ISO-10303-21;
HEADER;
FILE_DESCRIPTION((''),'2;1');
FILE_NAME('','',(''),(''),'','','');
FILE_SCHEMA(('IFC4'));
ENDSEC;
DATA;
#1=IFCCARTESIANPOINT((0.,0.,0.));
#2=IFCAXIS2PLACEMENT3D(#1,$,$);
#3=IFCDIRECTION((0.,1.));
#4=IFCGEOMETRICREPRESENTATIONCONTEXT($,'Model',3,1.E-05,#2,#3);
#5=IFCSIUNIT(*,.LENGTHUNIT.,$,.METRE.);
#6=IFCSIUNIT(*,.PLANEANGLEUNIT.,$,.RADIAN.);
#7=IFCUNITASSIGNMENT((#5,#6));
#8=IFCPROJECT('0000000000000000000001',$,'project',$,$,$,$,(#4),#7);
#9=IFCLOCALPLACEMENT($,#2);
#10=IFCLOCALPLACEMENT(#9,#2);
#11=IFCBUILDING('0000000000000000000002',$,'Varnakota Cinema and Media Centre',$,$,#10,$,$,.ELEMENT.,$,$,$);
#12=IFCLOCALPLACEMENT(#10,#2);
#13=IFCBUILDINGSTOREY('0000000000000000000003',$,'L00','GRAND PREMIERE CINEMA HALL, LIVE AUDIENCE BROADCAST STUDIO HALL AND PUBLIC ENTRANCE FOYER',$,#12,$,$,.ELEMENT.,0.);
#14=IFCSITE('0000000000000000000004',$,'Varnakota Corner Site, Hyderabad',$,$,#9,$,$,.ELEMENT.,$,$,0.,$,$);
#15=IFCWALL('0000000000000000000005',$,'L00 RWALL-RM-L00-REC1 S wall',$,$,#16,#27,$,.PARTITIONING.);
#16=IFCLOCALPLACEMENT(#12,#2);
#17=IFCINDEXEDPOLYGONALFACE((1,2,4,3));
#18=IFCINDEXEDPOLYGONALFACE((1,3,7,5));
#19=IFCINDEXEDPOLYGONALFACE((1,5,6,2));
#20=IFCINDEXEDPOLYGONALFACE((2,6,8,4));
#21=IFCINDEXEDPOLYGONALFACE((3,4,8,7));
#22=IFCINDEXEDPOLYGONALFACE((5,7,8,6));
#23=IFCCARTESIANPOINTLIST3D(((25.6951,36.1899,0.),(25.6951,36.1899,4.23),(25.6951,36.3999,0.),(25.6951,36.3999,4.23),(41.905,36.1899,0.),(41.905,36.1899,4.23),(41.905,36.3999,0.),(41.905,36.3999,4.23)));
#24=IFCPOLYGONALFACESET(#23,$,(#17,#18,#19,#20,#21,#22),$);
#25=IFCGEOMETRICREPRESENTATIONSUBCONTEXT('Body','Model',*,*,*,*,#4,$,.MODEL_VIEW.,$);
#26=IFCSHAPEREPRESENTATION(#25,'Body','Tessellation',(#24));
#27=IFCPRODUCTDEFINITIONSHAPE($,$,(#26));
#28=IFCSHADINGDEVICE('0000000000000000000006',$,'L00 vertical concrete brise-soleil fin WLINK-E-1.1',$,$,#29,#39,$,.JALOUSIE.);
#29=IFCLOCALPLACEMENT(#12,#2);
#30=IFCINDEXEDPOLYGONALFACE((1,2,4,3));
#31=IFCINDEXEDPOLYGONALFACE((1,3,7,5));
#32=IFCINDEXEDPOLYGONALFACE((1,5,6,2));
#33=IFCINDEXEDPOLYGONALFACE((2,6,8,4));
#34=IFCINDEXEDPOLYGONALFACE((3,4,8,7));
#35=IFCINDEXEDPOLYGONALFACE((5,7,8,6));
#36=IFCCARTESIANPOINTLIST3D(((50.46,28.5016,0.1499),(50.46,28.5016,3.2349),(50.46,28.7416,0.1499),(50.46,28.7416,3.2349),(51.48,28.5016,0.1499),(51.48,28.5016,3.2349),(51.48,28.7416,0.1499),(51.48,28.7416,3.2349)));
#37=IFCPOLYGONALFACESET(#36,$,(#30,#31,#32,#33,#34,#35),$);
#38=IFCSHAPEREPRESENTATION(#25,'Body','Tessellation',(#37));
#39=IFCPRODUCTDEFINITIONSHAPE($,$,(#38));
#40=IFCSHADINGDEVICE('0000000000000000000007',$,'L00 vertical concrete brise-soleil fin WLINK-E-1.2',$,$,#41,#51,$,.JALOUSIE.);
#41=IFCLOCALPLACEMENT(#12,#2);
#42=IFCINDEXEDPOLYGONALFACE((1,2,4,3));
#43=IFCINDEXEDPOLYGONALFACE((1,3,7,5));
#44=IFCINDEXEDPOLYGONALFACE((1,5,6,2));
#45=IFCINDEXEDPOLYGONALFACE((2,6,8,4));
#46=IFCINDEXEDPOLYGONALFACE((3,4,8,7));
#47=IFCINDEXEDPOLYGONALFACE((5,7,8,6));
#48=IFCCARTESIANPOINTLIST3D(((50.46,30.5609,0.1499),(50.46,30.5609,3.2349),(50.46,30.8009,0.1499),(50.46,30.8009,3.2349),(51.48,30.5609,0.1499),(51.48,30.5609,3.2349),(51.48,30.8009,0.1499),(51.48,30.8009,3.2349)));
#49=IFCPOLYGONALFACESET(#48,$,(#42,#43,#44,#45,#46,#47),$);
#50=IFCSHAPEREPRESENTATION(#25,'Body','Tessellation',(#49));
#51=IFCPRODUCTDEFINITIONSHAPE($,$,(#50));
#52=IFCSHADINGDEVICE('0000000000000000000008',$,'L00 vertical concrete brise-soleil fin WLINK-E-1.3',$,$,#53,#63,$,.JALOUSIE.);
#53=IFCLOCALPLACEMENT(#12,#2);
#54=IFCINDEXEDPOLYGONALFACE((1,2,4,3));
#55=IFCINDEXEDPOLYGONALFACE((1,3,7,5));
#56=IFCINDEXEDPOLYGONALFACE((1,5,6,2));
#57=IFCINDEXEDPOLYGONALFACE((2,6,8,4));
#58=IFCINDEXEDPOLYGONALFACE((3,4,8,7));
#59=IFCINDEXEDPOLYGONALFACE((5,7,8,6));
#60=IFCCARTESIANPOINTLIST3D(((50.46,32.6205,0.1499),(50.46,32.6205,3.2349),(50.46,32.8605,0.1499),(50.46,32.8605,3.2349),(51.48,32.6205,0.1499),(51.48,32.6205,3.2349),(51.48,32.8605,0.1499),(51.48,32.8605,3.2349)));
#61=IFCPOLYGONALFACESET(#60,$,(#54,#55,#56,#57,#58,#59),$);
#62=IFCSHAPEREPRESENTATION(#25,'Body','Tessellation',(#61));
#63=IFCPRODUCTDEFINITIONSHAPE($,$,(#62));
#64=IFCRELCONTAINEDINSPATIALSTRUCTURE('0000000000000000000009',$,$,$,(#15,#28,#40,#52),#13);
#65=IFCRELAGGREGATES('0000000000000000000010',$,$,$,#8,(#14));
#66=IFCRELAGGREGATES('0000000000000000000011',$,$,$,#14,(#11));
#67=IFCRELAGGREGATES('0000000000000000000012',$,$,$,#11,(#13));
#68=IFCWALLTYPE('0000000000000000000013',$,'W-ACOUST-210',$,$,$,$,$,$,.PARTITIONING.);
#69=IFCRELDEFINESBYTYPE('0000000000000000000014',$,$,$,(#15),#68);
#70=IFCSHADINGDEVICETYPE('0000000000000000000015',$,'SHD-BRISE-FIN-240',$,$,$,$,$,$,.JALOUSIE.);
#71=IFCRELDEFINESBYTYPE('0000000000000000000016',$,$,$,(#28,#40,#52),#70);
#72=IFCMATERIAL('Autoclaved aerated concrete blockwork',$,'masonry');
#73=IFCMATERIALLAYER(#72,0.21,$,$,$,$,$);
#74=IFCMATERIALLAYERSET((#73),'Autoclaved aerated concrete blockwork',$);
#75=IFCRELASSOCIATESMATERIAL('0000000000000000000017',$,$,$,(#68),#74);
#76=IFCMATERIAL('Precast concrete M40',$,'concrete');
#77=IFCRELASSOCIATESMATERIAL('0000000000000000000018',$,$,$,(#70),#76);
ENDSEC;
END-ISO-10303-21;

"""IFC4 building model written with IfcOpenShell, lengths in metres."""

from ifc_helpers import new_model, si_unit, direction, frame, frame_2d, origin, origin_2d, place, context, subcontext, project, spatial, rectangle, extrude, material, layer, layer_set, type_object, element, save


model = new_model("IFC4")

# Units and contexts
model_context = context("Model", 3, precision=1e-05, world=origin(), true_north=direction((0.0, 1.0)))
body_context = subcontext(model_context, "Body", "Model", "MODEL_VIEW")
ifc_project = project(units=[si_unit("LENGTHUNIT", "METRE"), si_unit("PLANEANGLEUNIT", "RADIAN")], contexts=[model_context])

# Site, building, storey
site_placement = place(None, origin())
site = spatial("IfcSite", under=ifc_project, at=site_placement, Name="Varnakota Corner Site, Hyderabad", CompositionType="ELEMENT", RefElevation=0.0)
building_placement = place(site_placement, origin())
building = spatial("IfcBuilding", under=site, at=building_placement, Name="Varnakota Cinema and Media Centre", CompositionType="ELEMENT")
storey_placement = place(building_placement, origin())
storey = spatial("IfcBuildingStorey", under=building, at=storey_placement, Name="L00", Description="GRAND PREMIERE CINEMA HALL, LIVE AUDIENCE BROADCAST STUDIO HALL AND PUBLIC ENTRANCE FOYER", CompositionType="ELEMENT", Elevation=0.0)

# Wall
ifc_material_1 = material(Name="Autoclaved aerated concrete blockwork", Category="masonry")
ifc_layer_1 = layer(ifc_material_1, 0.21)
ifc_layer_set_1 = layer_set([ifc_layer_1], Name="Autoclaved aerated concrete blockwork")
wall_type = type_object("IfcWallType", Name="W-ACOUST-210", PredefinedType="PARTITIONING", material=ifc_layer_set_1)
wall_placement = place(storey_placement, frame((41.905, 36.2949, 0.0), z_axis=(0.0, 0.0, 1.0), x_axis=(-1.0, 0.0, 0.0)))
element("IfcWall", 1, at=wall_placement, inside=storey, type_object=wall_type, Name="L00 RWALL-RM-L00-REC1 S wall", PredefinedType="PARTITIONING", context=body_context, shape_type="SweptSolid", body=[
    extrude(rectangle(XDim=16.21, YDim=0.21, at=frame_2d((8.105, 0.0))), origin(), (0.0, 0.0, 1.0), 4.23),
])

# Shading devices
ifc_material_2 = material(Name="Precast concrete M40", Category="concrete")
shading_device_type = type_object("IfcShadingDeviceType", Name="SHD-BRISE-FIN-240", PredefinedType="JALOUSIE", material=ifc_material_2)
for number, where, z_axis, x_axis, name in (
    (2, (50.97, 28.6216, 0.1499), (0.0, 0.0, 1.0), (0.0, 1.0, 0.0), "L00 vertical concrete brise-soleil fin WLINK-E-1.1"),
    (3, (50.97, 30.6809, 0.1499), (0.0, 0.0, 1.0), (0.0, 1.0, 0.0), "L00 vertical concrete brise-soleil fin WLINK-E-1.2"),
    (4, (50.97, 32.7405, 0.1499), (0.0, 0.0, 1.0), (0.0, 1.0, 0.0), "L00 vertical concrete brise-soleil fin WLINK-E-1.3"),
):
    element("IfcShadingDevice", number, at=place(storey_placement, frame(where, z_axis=z_axis, x_axis=x_axis)), inside=storey, type_object=shading_device_type, Name=name, PredefinedType="JALOUSIE", context=body_context, shape_type="SweptSolid", body=[
        extrude(rectangle(XDim=0.24, YDim=1.02, at=origin_2d()), origin(), (0.0, 0.0, 1.0), 3.085),
    ])

save(model, "model.ifc")
